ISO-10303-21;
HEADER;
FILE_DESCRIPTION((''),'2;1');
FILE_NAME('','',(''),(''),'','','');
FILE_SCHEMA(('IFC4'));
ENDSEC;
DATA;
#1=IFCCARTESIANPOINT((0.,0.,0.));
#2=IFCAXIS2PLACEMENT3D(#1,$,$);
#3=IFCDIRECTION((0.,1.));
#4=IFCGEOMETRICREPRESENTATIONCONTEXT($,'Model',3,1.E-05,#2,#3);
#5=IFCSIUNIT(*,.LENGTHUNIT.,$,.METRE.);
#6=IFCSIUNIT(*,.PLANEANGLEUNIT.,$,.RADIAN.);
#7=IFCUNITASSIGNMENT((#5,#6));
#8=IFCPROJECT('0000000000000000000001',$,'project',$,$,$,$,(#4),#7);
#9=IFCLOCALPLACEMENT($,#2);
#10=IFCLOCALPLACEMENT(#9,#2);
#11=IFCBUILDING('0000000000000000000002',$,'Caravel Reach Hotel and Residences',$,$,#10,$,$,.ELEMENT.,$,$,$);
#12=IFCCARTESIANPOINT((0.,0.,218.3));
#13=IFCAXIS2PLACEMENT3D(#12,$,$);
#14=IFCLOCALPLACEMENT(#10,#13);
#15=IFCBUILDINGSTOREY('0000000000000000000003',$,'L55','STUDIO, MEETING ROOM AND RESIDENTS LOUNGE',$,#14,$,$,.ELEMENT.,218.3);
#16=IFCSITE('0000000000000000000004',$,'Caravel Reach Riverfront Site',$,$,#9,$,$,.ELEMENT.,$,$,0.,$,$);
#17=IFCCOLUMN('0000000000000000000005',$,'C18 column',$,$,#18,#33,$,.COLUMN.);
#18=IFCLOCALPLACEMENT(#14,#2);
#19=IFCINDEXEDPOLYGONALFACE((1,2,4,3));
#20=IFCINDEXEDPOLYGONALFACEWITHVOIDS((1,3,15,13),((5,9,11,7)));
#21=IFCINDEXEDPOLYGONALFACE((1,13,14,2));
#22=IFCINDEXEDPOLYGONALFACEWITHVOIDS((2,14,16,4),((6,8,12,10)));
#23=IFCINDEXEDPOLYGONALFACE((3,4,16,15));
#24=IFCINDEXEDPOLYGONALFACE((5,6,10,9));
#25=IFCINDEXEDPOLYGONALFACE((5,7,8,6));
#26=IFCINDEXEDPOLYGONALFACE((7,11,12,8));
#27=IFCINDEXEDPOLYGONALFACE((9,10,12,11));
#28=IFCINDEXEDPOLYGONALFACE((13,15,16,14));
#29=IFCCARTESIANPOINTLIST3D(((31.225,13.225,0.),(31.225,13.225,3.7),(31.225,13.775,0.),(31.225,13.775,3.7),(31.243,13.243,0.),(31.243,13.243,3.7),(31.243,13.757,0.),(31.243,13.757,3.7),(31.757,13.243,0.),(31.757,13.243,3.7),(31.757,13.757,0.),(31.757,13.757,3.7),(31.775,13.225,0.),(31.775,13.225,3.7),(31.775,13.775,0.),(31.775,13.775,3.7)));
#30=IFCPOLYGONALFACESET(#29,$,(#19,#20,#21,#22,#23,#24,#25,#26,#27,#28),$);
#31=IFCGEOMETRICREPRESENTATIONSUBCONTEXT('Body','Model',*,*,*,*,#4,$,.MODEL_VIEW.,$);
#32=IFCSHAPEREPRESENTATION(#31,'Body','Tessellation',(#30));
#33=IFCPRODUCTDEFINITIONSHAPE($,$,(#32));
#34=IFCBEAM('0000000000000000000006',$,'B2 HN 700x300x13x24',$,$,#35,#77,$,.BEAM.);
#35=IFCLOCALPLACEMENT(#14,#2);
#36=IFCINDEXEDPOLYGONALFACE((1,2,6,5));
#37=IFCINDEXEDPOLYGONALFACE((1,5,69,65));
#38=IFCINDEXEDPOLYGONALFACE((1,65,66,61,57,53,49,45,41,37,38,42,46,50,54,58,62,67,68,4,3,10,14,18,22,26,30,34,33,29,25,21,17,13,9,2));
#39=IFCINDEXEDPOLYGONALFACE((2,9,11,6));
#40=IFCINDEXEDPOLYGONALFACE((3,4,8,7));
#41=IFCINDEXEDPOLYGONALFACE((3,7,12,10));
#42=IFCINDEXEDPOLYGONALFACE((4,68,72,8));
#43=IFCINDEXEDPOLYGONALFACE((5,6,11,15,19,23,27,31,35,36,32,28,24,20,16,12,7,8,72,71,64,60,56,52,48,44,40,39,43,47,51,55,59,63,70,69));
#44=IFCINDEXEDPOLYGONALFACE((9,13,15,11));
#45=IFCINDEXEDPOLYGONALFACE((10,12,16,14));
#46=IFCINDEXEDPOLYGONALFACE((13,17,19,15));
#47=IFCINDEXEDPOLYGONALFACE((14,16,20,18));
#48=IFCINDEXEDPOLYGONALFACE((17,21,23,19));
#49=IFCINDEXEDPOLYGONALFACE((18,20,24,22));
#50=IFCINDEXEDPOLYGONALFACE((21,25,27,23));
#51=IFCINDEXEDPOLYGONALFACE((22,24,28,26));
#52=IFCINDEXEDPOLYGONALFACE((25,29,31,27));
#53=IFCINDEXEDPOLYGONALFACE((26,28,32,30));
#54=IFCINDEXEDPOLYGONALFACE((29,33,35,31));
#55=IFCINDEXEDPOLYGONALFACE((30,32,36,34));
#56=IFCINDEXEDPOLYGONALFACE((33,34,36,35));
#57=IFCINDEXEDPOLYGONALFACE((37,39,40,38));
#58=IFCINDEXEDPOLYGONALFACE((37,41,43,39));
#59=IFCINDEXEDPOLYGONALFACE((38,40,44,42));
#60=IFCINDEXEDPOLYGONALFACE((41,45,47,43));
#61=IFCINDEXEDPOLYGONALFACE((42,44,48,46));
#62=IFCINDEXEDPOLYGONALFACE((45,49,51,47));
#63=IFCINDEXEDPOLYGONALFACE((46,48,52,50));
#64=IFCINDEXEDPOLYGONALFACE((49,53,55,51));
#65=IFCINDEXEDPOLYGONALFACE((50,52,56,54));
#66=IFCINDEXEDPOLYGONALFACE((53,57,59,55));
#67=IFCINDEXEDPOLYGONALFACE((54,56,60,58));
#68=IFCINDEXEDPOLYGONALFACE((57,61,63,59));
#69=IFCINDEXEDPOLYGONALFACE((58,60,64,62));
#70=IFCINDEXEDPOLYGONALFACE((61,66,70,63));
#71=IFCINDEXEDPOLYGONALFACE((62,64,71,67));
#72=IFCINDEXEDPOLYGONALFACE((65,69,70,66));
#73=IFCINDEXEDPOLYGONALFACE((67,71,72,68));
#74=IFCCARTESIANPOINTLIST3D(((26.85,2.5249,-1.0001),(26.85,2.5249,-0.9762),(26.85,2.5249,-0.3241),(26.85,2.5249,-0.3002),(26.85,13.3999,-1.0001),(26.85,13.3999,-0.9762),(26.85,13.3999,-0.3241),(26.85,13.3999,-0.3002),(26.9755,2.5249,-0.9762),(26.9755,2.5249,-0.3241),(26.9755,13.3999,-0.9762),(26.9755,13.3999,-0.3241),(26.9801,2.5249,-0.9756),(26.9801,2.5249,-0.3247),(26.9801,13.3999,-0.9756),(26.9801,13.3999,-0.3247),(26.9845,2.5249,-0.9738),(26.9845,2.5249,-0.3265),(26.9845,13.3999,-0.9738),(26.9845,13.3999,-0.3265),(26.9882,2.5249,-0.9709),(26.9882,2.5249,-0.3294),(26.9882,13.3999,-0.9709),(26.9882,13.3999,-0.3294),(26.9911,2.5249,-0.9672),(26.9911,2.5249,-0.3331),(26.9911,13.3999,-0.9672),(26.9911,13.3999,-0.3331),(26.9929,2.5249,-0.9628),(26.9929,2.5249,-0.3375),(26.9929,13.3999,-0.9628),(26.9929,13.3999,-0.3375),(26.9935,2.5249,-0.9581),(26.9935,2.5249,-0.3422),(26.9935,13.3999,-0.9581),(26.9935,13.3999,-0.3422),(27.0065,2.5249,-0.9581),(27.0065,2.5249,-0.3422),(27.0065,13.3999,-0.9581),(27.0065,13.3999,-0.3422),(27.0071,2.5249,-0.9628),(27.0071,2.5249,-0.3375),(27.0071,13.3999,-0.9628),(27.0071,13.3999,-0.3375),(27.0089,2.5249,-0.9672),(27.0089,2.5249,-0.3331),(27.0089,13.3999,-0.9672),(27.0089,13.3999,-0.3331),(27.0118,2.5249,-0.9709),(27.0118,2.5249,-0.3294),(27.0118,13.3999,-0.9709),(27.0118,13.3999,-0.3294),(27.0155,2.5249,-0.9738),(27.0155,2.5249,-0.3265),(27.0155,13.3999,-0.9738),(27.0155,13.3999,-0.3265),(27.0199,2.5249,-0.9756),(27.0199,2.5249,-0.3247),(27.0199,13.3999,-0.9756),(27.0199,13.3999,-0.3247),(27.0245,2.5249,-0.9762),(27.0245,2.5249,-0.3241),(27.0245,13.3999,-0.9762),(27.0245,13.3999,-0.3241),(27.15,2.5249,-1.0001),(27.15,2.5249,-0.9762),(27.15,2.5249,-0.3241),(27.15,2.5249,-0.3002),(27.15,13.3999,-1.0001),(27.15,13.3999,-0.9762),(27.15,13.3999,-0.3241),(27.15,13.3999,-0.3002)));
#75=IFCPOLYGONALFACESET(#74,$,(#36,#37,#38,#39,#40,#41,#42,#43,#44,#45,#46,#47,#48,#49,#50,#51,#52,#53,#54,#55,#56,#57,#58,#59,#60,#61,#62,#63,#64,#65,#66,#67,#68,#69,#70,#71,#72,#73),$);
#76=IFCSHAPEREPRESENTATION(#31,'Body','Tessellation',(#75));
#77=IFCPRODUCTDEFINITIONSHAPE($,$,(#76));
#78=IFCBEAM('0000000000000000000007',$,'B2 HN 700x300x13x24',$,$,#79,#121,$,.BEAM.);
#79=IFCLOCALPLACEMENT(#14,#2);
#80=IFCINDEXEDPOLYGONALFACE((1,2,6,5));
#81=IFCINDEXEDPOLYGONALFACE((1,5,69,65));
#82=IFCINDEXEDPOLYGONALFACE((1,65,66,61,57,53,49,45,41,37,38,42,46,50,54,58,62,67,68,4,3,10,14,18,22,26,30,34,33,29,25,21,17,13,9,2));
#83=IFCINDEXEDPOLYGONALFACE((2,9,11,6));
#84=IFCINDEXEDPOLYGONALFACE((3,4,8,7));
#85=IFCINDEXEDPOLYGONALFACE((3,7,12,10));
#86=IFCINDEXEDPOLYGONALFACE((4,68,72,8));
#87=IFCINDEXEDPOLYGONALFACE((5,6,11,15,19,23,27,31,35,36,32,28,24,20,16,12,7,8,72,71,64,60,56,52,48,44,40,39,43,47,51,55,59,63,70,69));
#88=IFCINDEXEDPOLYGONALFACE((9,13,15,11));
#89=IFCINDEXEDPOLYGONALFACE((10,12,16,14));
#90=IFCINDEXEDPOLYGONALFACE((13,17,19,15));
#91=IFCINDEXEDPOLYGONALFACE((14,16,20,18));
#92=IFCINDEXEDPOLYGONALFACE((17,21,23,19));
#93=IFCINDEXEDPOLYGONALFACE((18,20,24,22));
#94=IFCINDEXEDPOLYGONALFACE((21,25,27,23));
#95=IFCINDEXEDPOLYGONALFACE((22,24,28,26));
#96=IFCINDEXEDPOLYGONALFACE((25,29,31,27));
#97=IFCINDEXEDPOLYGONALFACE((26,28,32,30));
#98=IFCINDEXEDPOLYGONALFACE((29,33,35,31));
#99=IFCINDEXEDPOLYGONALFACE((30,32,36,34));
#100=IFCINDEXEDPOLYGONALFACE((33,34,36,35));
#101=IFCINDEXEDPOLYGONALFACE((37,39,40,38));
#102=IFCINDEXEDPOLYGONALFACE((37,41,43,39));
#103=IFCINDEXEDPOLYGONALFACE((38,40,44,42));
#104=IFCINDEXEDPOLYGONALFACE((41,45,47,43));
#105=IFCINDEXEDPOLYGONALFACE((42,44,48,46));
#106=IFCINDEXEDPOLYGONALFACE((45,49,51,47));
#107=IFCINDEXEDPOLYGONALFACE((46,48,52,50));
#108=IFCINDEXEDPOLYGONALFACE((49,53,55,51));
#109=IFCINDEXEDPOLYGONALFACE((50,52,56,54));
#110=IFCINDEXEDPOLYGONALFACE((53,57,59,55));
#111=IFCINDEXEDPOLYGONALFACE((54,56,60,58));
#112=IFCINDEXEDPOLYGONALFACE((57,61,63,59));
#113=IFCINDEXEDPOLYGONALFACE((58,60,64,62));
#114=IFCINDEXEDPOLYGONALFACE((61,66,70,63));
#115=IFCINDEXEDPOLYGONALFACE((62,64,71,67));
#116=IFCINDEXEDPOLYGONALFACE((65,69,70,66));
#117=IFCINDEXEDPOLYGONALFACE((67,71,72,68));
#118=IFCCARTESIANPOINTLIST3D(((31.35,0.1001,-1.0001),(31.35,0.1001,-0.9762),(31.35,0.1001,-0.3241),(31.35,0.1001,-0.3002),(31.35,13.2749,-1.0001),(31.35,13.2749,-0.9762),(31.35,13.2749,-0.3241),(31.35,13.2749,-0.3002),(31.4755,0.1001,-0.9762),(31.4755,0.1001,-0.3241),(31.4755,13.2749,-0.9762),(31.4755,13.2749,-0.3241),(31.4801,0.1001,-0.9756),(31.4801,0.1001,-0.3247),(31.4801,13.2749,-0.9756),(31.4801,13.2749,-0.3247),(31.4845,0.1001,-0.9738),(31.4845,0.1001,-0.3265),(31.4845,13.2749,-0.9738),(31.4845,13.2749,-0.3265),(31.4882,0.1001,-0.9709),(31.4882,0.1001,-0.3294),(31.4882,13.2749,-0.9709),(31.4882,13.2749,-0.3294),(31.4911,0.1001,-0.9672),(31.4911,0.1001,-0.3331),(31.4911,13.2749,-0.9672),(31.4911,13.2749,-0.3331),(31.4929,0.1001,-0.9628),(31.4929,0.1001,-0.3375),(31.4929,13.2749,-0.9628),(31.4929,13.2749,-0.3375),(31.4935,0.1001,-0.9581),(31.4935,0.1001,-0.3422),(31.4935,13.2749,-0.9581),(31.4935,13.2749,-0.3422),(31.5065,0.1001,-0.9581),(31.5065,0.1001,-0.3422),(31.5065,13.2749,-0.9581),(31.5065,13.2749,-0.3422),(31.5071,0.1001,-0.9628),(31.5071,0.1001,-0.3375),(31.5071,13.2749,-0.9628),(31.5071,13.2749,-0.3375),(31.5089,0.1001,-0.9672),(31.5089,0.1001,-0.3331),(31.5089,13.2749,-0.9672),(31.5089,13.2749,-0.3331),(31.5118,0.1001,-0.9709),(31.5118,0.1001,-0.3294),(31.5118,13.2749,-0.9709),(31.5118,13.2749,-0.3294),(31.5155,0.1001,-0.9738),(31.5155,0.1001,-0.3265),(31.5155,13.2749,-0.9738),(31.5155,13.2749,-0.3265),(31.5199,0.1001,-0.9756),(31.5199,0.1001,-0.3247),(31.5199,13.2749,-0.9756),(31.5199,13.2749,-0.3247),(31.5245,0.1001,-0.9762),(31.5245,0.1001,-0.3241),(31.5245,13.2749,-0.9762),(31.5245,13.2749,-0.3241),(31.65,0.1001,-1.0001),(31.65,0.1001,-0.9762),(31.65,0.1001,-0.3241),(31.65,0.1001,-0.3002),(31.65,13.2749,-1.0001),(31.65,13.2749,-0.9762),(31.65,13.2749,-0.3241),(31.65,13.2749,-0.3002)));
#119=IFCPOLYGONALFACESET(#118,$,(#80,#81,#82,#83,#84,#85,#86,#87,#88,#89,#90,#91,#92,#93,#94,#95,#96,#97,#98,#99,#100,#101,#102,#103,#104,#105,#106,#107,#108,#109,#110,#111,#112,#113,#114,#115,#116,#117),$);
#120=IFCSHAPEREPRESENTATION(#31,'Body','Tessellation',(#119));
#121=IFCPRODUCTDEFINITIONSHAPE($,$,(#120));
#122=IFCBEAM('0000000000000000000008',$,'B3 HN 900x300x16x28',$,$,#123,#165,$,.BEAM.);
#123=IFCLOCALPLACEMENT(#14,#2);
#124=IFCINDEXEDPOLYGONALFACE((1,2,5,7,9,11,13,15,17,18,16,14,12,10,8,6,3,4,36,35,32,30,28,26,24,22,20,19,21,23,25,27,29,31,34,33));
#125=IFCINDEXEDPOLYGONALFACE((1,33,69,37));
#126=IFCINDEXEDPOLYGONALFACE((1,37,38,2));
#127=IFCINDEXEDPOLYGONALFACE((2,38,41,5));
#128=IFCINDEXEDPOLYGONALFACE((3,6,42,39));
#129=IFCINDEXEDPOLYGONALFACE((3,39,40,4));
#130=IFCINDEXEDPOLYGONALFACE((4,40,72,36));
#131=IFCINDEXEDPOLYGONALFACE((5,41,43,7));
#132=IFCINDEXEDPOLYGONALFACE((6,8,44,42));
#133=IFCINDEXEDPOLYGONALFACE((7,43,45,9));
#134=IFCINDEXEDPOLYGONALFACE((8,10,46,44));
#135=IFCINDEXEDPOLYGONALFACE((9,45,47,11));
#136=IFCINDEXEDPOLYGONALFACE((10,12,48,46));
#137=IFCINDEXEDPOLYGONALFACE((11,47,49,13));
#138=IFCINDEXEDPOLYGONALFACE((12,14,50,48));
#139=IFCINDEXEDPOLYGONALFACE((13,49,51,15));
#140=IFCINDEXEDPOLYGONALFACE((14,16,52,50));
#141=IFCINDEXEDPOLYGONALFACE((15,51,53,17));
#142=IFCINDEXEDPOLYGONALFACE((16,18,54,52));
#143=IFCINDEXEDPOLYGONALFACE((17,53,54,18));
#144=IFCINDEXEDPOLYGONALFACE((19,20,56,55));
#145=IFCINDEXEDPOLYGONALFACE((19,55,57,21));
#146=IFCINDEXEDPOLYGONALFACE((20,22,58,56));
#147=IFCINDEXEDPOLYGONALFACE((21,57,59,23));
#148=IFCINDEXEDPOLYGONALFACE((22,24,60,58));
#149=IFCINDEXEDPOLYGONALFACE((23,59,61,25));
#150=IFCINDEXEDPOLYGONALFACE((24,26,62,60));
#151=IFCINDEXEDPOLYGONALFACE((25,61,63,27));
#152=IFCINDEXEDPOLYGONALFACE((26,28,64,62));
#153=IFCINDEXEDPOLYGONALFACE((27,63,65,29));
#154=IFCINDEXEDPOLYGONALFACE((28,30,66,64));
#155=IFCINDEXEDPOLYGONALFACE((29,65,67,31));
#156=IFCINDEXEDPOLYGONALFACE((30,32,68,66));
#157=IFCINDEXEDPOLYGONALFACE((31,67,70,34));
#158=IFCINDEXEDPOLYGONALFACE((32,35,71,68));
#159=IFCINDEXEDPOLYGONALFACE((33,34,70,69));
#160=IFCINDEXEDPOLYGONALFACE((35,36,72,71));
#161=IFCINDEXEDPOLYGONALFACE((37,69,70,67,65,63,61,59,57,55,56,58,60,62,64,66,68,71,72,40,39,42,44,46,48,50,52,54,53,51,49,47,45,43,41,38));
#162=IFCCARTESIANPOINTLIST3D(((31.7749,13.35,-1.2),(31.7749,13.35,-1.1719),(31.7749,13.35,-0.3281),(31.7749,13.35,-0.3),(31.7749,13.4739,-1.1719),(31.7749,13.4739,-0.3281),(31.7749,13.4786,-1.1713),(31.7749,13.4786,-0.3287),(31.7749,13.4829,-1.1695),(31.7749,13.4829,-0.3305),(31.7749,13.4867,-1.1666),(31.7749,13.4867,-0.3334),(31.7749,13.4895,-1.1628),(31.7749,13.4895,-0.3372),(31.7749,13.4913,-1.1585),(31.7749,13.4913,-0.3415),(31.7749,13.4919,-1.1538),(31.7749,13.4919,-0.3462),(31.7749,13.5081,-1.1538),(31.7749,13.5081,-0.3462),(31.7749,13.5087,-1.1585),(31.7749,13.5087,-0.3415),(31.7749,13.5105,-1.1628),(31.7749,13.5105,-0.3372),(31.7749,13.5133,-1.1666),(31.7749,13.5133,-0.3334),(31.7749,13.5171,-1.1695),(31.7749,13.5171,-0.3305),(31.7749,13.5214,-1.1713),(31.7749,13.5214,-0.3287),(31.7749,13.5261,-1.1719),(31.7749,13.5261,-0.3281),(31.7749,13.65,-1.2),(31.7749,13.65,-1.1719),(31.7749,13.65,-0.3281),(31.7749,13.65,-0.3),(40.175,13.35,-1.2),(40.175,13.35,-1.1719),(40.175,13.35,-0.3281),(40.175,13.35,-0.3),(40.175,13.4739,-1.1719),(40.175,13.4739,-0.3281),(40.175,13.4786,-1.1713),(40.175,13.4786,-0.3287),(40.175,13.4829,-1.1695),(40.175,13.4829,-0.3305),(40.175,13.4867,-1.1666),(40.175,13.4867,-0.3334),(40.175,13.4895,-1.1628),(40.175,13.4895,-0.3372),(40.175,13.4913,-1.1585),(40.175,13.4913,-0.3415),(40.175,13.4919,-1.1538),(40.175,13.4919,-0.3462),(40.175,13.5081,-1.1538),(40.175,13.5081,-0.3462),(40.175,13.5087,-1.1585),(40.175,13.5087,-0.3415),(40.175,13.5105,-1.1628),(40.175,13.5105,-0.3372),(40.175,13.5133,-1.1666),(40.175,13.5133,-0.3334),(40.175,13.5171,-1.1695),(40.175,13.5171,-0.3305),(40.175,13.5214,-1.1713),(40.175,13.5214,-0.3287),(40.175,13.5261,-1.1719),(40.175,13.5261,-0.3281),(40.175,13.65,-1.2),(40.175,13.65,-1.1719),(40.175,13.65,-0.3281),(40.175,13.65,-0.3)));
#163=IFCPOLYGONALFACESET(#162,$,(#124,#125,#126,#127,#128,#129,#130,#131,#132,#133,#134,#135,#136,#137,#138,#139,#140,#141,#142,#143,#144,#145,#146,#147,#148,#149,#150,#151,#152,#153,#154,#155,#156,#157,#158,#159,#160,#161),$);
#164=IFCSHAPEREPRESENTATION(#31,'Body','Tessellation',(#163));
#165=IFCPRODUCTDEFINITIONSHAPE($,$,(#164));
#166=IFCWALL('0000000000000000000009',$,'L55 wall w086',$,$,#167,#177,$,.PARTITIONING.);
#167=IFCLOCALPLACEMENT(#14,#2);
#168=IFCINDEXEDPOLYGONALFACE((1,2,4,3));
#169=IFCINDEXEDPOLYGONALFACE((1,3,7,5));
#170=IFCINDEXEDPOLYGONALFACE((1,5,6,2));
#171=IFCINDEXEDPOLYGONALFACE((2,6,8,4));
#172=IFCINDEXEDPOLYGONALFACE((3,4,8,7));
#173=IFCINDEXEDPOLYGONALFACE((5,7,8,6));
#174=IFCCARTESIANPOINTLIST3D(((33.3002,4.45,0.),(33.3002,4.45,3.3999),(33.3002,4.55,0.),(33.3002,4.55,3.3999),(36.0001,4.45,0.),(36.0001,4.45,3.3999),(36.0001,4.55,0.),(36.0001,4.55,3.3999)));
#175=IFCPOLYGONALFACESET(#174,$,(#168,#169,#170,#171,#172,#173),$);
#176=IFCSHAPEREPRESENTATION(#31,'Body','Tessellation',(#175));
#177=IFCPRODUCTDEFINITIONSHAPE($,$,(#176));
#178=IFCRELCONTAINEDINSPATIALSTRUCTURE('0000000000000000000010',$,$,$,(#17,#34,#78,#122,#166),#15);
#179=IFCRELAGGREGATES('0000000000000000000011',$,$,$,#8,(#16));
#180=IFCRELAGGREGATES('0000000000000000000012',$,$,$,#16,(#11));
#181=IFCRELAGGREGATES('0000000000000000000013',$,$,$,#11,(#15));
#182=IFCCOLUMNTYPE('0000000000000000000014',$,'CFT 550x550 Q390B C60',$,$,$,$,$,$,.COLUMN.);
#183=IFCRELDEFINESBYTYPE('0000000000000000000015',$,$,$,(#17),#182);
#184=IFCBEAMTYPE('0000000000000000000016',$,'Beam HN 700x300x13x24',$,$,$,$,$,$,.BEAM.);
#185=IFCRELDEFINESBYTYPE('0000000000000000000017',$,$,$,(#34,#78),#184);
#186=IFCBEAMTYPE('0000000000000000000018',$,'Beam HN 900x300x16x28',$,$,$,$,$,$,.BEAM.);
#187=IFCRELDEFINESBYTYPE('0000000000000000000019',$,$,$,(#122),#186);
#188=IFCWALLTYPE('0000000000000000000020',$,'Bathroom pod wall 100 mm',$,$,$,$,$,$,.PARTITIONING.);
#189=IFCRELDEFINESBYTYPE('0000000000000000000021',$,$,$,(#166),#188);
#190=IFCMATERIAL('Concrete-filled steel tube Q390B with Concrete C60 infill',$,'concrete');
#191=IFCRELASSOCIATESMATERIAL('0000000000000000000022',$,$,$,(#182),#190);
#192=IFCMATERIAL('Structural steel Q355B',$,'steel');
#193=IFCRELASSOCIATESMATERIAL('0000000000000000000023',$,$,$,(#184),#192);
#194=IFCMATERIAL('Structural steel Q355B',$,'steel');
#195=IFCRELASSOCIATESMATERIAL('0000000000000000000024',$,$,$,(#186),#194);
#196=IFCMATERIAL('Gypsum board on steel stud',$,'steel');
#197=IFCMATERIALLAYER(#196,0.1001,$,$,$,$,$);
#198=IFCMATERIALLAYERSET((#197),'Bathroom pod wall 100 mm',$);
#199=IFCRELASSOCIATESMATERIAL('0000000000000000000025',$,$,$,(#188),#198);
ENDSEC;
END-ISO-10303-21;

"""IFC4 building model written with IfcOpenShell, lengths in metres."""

from ifc_helpers import new_model, si_unit, direction, frame, frame_2d, origin, origin_2d, place, context, subcontext, project, spatial, rectangle, hollow_rectangle, i_section, extrude, material, layer, layer_set, material_profile, profile_set, type_object, element, save


model = new_model("IFC4")

# Units and contexts
model_context = context("Model", 3, precision=1e-05, world=origin(), true_north=direction((0.0, 1.0)))
body_context = subcontext(model_context, "Body", "Model", "MODEL_VIEW")
ifc_project = project(units=[si_unit("LENGTHUNIT", "METRE"), si_unit("PLANEANGLEUNIT", "RADIAN")], contexts=[model_context])

# Site, building, storey
site_placement = place(None, origin())
site = spatial("IfcSite", under=ifc_project, at=site_placement, Name="Caravel Reach Riverfront Site", CompositionType="ELEMENT", RefElevation=0.0)
building_placement = place(site_placement, origin())
building = spatial("IfcBuilding", under=site, at=building_placement, Name="Caravel Reach Hotel and Residences", CompositionType="ELEMENT")
storey_placement = place(building_placement, frame((0.0, 0.0, 218.3)))
storey = spatial("IfcBuildingStorey", under=building, at=storey_placement, Name="L55", Description="STUDIO, MEETING ROOM AND RESIDENTS LOUNGE", CompositionType="ELEMENT", Elevation=218.3)

# Column
ifc_material_1 = material(Name="Concrete-filled steel tube Q390B with Concrete C60 infill", Category="concrete")
ifc_material_profile_1 = material_profile(ifc_material_1, hollow_rectangle(XDim=0.55, YDim=0.55, WallThickness=0.0181, at=origin_2d()), Name="RHS 550x550x18")
ifc_profile_set_1 = profile_set([ifc_material_profile_1], Name="Concrete-filled steel tube Q390B with Concrete C60 infill")
column_type = type_object("IfcColumnType", Name="CFT 550x550 Q390B C60", PredefinedType="COLUMN", material=ifc_profile_set_1)
column_placement = place(storey_placement, frame((31.5, 13.5, 0.0), z_axis=(0.0, 0.0, 1.0), x_axis=(1.0, 0.0, 0.0)))
element("IfcColumn", 1, at=column_placement, inside=storey, type_object=column_type, Name="C18 column", PredefinedType="COLUMN", context=body_context, shape_type="SweptSolid", body=[
    extrude(hollow_rectangle(XDim=0.55, YDim=0.55, WallThickness=0.0181, at=origin_2d()), origin(), (0.0, 0.0, 1.0), 3.7),
])

# Beams
ifc_material_2 = material(Name="Structural steel Q355B", Category="steel")
ifc_material_profile_2 = material_profile(ifc_material_2, i_section(OverallWidth=0.3, OverallDepth=0.7, WebThickness=0.0129, FlangeThickness=0.0239, FilletRadius=0.0181, at=origin_2d()), Name="HN 700x300x13x24")
ifc_profile_set_2 = profile_set([ifc_material_profile_2], Name="Structural steel Q355B")
beam_type_1 = type_object("IfcBeamType", Name="Beam HN 700x300x13x24", PredefinedType="BEAM", material=ifc_profile_set_2)
beam_1_placement = place(storey_placement, frame((27.0, 13.3999, -0.6501), z_axis=(0.0, -1.0, 0.0), x_axis=(1.0, 0.0, 0.0)))
element("IfcBeam", 2, at=beam_1_placement, inside=storey, type_object=beam_type_1, Name="B2 HN 700x300x13x24", PredefinedType="BEAM", context=body_context, shape_type="SweptSolid", body=[
    extrude(i_section(OverallWidth=0.3, OverallDepth=0.7, WebThickness=0.0129, FlangeThickness=0.0239, FilletRadius=0.0181, at=origin_2d()), origin(), (0.0, 0.0, 1.0), 10.875),
])
beam_2_placement = place(storey_placement, frame((31.5, 13.2749, -0.6501), z_axis=(0.0, -1.0, 0.0), x_axis=(1.0, 0.0, 0.0)))
element("IfcBeam", 3, at=beam_2_placement, inside=storey, type_object=beam_type_1, Name="B2 HN 700x300x13x24", PredefinedType="BEAM", context=body_context, shape_type="SweptSolid", body=[
    extrude(i_section(OverallWidth=0.3, OverallDepth=0.7, WebThickness=0.0129, FlangeThickness=0.0239, FilletRadius=0.0181, at=origin_2d()), origin(), (0.0, 0.0, 1.0), 13.1748),
])
ifc_material_3 = material(Name="Structural steel Q355B", Category="steel")
ifc_material_profile_3 = material_profile(ifc_material_3, i_section(OverallWidth=0.3, OverallDepth=0.8999, WebThickness=0.0161, FlangeThickness=0.0281, FilletRadius=0.0181, at=origin_2d()), Name="HN 900x300x16x28")
ifc_profile_set_3 = profile_set([ifc_material_profile_3], Name="Structural steel Q355B")
beam_type_2 = type_object("IfcBeamType", Name="Beam HN 900x300x16x28", PredefinedType="BEAM", material=ifc_profile_set_3)
beam_3_placement = place(storey_placement, frame((31.7749, 13.5, -0.75), z_axis=(1.0, 0.0, 0.0), x_axis=(0.0, 1.0, 0.0)))
element("IfcBeam", 4, at=beam_3_placement, inside=storey, type_object=beam_type_2, Name="B3 HN 900x300x16x28", PredefinedType="BEAM", context=body_context, shape_type="SweptSolid", body=[
    extrude(i_section(OverallWidth=0.3, OverallDepth=0.8999, WebThickness=0.0161, FlangeThickness=0.0281, FilletRadius=0.0181, at=origin_2d()), origin(), (0.0, 0.0, 1.0), 8.4001),
])

# Wall
ifc_material_4 = material(Name="Gypsum board on steel stud", Category="steel")
ifc_layer_1 = layer(ifc_material_4, 0.1001)
ifc_layer_set_1 = layer_set([ifc_layer_1], Name="Bathroom pod wall 100 mm")
wall_type_1 = type_object("IfcWallType", Name="Bathroom pod wall 100 mm", PredefinedType="PARTITIONING", material=ifc_layer_set_1)
wall_1_placement = place(storey_placement, frame((33.3, 4.5, 0.0), z_axis=(0.0, 0.0, 1.0), x_axis=(1.0, 0.0, 0.0)))
element("IfcWall", 5, at=wall_1_placement, inside=storey, type_object=wall_type_1, Name="L55 wall w086", PredefinedType="PARTITIONING", context=body_context, shape_type="SweptSolid", body=[
    extrude(rectangle(XDim=2.7, YDim=0.1001, at=frame_2d((1.3501, 0.0))), origin(), (0.0, 0.0, 1.0), 3.3999),
])

save(model, "model.ifc")
